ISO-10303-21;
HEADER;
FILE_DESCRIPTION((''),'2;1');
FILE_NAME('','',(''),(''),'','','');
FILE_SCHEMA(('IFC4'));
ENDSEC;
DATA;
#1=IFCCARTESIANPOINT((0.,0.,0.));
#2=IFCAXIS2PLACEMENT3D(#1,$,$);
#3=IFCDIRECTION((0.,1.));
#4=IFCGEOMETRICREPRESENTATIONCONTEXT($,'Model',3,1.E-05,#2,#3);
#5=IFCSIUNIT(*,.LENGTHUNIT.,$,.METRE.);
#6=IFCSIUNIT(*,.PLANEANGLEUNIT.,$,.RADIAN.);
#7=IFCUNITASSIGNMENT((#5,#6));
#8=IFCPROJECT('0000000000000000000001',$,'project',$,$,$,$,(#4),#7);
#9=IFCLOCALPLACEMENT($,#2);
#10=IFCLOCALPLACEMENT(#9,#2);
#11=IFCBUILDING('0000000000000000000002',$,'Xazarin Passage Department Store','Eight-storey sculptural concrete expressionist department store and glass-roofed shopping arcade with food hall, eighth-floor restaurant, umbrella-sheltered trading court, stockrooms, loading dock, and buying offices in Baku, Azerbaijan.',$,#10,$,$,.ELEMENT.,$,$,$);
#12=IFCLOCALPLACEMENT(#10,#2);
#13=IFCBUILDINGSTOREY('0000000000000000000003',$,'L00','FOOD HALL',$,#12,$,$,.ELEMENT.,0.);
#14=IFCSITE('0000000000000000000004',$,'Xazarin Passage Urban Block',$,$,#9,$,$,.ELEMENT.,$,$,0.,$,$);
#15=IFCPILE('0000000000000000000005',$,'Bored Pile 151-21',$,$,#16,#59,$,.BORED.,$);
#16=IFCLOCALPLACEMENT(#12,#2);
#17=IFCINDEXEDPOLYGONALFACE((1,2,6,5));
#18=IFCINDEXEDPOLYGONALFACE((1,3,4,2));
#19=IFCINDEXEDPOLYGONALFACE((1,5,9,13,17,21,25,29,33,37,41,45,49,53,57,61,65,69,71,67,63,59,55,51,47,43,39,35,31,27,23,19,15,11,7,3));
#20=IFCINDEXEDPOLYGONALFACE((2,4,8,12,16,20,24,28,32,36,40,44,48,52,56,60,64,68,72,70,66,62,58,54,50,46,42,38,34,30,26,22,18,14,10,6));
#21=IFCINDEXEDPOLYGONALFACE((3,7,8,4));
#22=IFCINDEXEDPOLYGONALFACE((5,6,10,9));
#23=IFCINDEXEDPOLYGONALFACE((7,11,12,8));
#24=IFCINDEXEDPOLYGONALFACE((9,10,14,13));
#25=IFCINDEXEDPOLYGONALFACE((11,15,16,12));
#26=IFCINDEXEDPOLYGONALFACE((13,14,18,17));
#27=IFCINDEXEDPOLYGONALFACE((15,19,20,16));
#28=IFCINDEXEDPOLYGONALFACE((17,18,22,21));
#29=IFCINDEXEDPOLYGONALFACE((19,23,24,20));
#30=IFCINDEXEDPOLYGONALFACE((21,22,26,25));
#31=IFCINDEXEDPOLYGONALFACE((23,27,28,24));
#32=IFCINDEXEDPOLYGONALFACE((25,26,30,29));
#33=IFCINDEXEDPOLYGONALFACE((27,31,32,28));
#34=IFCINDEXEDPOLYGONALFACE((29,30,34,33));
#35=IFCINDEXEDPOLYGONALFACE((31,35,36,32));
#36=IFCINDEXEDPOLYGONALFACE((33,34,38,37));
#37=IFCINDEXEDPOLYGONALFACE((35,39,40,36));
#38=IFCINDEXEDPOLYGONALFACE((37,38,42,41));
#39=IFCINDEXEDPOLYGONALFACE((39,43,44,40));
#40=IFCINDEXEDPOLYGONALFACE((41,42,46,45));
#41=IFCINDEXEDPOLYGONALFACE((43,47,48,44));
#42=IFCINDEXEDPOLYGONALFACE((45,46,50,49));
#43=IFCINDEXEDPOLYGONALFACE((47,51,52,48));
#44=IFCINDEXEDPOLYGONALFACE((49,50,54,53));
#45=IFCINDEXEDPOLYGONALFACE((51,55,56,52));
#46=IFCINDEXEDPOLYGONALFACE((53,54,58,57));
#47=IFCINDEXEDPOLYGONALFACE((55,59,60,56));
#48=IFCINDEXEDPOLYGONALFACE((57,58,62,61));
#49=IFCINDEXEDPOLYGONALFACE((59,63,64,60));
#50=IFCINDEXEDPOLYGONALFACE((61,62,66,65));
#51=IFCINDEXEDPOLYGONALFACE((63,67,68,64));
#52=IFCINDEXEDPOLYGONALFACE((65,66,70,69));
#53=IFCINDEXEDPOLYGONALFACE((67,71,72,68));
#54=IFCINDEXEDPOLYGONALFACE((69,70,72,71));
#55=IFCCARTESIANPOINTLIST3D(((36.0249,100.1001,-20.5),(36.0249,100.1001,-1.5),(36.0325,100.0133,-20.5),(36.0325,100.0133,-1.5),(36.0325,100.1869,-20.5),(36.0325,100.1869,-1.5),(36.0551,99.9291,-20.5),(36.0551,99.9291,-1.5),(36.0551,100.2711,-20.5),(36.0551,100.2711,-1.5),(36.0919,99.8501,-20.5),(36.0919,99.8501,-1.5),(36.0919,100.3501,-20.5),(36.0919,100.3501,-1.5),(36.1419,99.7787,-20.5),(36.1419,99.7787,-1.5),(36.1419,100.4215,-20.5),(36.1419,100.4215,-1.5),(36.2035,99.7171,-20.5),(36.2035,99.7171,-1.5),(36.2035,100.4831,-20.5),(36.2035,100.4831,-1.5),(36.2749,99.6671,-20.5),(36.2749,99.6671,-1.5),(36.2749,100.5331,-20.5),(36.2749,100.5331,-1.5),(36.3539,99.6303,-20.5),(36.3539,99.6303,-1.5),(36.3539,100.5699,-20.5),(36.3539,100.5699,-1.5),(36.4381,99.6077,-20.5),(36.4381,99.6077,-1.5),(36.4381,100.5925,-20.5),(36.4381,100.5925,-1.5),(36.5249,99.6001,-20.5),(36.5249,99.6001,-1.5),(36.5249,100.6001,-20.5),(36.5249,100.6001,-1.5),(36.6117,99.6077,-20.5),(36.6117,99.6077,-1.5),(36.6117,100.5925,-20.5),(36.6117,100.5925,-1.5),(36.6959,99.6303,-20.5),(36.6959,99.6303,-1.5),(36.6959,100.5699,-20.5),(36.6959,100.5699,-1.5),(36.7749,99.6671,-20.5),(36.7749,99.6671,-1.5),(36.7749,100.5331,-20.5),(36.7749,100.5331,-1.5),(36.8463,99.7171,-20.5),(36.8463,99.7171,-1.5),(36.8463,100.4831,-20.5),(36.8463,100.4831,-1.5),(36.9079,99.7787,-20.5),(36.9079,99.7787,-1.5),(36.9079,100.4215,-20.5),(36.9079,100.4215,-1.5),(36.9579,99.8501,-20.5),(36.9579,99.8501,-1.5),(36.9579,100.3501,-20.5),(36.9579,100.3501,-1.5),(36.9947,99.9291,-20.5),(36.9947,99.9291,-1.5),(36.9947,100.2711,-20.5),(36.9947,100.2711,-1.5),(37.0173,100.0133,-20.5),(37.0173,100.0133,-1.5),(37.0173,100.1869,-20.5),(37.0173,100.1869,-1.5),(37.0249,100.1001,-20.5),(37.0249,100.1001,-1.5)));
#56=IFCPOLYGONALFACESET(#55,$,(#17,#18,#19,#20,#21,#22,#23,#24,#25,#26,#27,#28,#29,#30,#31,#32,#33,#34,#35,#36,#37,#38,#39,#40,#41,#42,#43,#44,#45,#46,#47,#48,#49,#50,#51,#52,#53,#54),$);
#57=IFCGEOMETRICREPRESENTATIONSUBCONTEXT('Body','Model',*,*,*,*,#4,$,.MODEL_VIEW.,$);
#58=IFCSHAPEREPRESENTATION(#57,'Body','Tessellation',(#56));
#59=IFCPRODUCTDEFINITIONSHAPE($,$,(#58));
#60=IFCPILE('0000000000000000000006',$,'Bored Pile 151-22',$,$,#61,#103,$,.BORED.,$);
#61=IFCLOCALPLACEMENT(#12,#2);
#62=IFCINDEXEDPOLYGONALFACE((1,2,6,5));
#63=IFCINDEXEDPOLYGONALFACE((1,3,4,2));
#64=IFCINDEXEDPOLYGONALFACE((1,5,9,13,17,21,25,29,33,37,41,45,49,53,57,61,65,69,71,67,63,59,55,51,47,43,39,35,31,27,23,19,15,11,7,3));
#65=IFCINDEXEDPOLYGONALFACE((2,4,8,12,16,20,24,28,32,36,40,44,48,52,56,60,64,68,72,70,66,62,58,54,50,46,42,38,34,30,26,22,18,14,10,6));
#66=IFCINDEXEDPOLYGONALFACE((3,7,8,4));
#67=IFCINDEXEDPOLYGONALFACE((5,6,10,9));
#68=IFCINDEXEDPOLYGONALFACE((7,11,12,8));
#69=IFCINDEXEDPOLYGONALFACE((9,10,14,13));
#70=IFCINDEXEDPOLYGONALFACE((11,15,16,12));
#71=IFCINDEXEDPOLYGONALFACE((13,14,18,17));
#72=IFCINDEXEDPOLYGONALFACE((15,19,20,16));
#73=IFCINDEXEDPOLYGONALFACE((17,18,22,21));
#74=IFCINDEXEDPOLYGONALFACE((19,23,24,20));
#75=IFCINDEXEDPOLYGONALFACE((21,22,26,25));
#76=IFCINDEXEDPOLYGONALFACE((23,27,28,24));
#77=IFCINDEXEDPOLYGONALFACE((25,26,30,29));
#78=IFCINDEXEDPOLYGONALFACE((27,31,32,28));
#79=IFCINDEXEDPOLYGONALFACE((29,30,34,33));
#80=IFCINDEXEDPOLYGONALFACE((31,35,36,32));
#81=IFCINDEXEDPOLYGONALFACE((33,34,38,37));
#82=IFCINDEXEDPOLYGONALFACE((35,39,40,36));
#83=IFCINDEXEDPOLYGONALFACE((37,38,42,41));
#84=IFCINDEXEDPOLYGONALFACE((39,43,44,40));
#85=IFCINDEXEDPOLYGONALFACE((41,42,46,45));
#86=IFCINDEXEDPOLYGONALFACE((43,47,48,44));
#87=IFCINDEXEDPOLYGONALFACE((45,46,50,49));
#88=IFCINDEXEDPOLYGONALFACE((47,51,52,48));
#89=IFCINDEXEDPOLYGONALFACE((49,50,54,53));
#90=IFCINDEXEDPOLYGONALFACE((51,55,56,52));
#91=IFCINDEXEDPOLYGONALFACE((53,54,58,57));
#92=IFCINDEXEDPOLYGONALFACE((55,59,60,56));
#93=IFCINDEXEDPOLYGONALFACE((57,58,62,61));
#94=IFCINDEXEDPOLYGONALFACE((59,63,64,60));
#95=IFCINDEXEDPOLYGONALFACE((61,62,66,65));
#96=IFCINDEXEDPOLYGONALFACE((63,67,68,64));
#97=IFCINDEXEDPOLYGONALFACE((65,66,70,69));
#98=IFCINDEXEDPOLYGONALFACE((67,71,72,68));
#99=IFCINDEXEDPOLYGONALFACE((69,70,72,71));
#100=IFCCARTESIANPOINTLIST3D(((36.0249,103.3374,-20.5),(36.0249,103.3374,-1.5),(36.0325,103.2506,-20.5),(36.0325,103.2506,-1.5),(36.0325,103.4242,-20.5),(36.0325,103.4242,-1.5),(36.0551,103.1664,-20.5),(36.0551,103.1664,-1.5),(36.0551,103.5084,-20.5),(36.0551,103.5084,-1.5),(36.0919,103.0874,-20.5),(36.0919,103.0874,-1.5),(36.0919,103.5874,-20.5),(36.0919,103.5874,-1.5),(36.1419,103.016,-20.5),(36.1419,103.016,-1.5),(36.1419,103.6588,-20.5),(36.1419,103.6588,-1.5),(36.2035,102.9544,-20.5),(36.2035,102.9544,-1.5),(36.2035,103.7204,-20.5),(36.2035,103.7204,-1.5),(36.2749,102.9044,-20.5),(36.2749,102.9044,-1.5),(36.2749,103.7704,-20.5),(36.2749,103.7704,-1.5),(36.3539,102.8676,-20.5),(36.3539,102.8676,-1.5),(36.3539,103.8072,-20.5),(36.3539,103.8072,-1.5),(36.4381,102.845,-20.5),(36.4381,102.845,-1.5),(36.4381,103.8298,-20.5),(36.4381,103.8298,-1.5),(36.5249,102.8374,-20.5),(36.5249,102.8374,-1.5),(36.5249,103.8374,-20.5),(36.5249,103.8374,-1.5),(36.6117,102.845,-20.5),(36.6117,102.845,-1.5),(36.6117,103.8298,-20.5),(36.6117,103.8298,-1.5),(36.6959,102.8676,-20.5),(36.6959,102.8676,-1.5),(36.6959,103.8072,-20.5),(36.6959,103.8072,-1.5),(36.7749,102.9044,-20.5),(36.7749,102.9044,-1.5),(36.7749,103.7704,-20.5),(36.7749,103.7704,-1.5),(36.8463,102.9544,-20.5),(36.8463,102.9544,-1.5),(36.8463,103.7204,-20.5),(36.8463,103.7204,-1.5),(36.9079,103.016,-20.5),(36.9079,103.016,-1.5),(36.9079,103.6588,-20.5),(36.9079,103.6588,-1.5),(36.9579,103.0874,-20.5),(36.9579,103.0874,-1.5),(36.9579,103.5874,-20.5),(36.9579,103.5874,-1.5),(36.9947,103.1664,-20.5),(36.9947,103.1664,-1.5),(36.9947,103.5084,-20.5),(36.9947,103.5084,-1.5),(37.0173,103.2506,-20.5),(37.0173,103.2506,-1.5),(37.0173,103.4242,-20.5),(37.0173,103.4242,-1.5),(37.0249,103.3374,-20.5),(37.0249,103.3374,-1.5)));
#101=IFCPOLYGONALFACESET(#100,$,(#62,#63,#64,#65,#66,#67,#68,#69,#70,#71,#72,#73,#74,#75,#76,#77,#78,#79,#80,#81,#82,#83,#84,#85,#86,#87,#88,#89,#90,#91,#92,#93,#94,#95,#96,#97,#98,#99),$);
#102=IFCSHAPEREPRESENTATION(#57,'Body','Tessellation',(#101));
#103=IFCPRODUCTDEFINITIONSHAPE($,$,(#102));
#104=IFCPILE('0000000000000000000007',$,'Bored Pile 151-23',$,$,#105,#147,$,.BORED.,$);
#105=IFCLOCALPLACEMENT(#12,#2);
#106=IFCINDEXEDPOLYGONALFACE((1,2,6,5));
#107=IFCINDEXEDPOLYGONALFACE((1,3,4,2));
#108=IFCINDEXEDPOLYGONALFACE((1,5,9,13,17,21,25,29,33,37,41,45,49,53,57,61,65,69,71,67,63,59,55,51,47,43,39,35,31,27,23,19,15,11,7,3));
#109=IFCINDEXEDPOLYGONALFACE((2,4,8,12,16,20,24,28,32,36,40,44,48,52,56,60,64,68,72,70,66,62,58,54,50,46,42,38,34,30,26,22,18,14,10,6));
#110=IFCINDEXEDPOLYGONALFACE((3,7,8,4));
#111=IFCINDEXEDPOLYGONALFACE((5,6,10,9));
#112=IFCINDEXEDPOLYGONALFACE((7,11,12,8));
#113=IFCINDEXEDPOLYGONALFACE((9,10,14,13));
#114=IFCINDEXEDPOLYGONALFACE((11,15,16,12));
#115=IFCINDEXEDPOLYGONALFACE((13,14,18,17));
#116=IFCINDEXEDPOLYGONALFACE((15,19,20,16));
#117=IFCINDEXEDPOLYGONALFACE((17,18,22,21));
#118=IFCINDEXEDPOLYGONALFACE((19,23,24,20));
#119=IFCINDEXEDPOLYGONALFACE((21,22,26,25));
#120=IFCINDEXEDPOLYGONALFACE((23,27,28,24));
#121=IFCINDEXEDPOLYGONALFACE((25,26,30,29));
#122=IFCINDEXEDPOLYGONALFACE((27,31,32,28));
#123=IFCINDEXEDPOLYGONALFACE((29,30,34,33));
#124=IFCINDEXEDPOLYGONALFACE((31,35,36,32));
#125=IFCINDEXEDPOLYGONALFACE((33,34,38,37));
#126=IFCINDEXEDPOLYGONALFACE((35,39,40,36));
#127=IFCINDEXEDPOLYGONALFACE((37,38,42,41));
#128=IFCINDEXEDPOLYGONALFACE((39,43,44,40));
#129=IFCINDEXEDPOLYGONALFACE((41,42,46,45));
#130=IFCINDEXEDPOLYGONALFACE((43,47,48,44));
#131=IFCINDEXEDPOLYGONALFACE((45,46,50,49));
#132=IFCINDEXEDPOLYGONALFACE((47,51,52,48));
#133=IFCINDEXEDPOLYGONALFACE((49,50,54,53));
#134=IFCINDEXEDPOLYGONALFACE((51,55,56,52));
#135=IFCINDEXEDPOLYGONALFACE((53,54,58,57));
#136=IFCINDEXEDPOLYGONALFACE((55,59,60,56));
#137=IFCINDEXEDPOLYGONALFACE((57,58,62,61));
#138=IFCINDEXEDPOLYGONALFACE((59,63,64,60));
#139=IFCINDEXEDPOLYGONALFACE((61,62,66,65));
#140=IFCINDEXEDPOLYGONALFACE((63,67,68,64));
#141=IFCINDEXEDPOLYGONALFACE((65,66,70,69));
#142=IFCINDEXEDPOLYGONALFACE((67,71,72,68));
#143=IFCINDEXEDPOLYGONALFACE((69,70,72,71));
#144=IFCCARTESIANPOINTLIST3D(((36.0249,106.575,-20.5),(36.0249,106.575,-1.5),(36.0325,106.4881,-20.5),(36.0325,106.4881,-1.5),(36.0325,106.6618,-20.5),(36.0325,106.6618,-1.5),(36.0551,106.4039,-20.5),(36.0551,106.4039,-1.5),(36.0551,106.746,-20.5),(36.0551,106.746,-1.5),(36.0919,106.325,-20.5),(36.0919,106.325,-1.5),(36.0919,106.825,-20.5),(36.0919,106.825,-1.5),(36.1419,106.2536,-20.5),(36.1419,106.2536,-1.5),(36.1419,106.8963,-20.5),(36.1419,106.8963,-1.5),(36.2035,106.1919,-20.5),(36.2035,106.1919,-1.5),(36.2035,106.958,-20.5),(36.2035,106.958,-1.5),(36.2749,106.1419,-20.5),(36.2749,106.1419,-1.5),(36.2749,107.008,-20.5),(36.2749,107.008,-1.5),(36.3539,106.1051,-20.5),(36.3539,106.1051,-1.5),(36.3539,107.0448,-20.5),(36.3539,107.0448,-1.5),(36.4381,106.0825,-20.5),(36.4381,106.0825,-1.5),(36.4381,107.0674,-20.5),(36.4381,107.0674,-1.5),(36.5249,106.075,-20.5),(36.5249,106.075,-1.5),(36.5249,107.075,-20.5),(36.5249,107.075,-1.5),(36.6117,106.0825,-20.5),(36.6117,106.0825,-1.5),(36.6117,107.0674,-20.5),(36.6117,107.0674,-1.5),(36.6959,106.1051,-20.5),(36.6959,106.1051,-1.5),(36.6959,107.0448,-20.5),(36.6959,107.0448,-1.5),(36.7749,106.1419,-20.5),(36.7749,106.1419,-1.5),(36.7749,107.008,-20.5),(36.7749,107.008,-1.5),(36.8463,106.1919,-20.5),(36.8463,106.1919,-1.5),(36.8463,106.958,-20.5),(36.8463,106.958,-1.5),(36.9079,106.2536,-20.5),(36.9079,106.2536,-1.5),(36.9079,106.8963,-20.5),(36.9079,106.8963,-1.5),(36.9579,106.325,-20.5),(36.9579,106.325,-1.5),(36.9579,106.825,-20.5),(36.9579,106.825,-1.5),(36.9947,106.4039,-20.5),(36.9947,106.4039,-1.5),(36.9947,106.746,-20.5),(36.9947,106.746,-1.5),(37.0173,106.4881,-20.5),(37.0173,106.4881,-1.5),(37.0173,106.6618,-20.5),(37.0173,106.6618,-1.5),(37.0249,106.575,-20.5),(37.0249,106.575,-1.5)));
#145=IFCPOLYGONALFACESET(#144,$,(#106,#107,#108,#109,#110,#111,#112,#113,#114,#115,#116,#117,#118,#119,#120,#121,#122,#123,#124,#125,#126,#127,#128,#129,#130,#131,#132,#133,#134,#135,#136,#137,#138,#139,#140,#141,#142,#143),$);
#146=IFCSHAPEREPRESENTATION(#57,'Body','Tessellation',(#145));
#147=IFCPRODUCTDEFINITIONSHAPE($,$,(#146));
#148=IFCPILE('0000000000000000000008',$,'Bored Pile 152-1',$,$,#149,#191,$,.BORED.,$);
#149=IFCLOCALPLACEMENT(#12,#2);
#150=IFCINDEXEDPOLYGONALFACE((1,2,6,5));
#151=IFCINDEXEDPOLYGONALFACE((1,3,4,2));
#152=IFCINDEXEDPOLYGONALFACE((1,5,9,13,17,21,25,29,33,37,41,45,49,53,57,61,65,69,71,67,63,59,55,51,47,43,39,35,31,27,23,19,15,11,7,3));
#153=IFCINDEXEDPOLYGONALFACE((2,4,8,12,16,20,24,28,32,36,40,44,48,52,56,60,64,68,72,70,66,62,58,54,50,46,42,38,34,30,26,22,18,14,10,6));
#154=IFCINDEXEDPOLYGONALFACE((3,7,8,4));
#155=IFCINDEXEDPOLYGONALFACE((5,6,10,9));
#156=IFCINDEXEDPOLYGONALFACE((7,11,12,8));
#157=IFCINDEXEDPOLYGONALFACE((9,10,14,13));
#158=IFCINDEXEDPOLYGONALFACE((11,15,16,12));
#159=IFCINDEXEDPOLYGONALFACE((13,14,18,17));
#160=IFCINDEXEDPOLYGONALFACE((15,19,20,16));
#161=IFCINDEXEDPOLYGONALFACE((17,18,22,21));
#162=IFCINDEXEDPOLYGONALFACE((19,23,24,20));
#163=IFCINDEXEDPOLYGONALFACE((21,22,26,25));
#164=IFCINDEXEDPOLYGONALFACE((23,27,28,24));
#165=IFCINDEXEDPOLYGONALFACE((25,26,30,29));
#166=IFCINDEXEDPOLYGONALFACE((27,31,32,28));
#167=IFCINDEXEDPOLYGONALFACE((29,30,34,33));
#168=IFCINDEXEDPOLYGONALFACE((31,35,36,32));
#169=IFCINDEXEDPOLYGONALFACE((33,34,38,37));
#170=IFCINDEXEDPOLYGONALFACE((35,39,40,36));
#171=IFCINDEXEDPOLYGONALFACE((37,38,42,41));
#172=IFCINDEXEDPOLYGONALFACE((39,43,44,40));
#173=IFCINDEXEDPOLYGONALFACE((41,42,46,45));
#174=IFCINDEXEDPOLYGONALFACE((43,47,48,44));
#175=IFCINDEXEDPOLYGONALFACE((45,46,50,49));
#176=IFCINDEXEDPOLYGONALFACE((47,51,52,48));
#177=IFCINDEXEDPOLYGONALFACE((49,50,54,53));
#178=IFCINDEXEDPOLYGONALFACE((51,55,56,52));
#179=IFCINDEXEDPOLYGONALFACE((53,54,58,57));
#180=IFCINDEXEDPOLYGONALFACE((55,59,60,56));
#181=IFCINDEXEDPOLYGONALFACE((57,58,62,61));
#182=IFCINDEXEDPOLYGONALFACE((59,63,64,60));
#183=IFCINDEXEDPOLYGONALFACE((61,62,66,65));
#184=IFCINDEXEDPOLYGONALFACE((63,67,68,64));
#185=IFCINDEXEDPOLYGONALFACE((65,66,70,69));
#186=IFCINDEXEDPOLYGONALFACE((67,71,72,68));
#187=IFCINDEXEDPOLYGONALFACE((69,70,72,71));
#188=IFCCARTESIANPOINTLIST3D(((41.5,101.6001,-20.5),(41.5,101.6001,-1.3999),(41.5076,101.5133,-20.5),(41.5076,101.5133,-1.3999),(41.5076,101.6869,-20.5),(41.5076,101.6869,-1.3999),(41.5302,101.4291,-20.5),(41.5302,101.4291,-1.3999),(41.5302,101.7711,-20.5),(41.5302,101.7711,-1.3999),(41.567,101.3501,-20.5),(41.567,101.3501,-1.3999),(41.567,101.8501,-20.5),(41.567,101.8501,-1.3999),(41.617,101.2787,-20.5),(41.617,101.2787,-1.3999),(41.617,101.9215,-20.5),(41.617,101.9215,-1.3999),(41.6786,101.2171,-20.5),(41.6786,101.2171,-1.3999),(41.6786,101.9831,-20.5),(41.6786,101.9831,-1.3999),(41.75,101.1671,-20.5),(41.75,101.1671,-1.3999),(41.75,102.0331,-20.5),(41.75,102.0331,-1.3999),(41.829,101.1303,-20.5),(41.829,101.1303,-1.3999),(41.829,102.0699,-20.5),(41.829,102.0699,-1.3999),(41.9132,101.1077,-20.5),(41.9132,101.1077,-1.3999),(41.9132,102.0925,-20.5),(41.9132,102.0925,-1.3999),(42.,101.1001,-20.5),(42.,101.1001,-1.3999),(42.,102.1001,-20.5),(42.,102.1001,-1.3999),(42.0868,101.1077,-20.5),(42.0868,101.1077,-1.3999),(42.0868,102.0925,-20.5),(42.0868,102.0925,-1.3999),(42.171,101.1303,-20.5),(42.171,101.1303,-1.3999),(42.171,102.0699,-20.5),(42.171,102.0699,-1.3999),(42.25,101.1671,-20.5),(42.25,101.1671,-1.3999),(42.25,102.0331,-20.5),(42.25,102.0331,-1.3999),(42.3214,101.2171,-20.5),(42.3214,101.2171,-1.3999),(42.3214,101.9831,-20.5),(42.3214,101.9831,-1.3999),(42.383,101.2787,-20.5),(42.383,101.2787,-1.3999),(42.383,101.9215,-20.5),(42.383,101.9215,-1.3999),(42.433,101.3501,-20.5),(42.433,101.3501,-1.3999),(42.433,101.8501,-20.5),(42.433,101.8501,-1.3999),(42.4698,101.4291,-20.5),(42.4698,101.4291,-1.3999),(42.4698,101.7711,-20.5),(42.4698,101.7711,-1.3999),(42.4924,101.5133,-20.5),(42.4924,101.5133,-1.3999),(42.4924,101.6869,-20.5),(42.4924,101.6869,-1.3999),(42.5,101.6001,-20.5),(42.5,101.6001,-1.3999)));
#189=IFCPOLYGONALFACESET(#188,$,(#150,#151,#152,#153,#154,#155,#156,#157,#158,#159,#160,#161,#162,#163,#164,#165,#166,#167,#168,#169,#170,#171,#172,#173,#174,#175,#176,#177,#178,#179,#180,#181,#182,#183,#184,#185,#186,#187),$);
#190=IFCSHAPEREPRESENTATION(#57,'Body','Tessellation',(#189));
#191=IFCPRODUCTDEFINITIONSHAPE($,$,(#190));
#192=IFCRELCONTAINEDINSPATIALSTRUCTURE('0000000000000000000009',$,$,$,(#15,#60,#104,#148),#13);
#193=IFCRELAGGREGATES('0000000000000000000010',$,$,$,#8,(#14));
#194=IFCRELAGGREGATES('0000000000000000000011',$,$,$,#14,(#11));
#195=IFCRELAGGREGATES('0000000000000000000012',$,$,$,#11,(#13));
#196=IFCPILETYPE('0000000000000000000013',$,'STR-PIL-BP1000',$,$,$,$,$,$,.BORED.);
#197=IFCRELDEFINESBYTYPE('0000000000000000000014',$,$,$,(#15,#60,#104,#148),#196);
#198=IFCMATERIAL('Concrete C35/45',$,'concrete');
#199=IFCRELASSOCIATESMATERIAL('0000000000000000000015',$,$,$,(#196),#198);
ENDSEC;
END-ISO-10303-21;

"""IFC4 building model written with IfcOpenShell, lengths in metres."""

from ifc_helpers import new_model, si_unit, direction, frame, origin, origin_2d, place, context, subcontext, project, spatial, circle, extrude, material, material_profile, profile_set, type_object, element, save


model = new_model("IFC4")

# Units and contexts
model_context = context("Model", 3, precision=1e-05, world=origin(), true_north=direction((0.0, 1.0)))
body_context = subcontext(model_context, "Body", "Model", "MODEL_VIEW")
ifc_project = project(units=[si_unit("LENGTHUNIT", "METRE"), si_unit("PLANEANGLEUNIT", "RADIAN")], contexts=[model_context])

# Site, building, storey
site_placement = place(None, origin())
site = spatial("IfcSite", under=ifc_project, at=site_placement, Name="Xazarin Passage Urban Block", CompositionType="ELEMENT", RefElevation=0.0)
building_placement = place(site_placement, origin())
building = spatial("IfcBuilding", under=site, at=building_placement, Name="Xazarin Passage Department Store", Description="Eight-storey sculptural concrete expressionist department store and glass-roofed shopping arcade with food hall, eighth-floor restaurant, umbrella-sheltered trading court, stockrooms, loading dock, and buying offices in Baku, Azerbaijan.", CompositionType="ELEMENT")
storey_placement = place(building_placement, origin())
storey = spatial("IfcBuildingStorey", under=building, at=storey_placement, Name="L00", Description="FOOD HALL", CompositionType="ELEMENT", Elevation=0.0)

# Shared definitions
ifc_material_1 = material(Name="Concrete C35/45", Category="concrete")

# Piles
ifc_material_profile_1 = material_profile(ifc_material_1, circle(Radius=0.5, at=origin_2d()), Name="BP 1000")
ifc_profile_set_1 = profile_set([ifc_material_profile_1], Name="Concrete C35/45")
pile_type_1 = type_object("IfcPileType", Name="STR-PIL-BP1000", PredefinedType="BORED", material=ifc_profile_set_1)
for number, where, z_axis, x_axis, name in (
    (1, (36.5249, 100.1001, -1.5), (0.0, 0.0, -1.0), (1.0, 0.0, 0.0), "Bored Pile 151-21"),
    (2, (36.5249, 103.3374, -1.5), (0.0, 0.0, -1.0), (1.0, 0.0, 0.0), "Bored Pile 151-22"),
    (3, (36.5249, 106.575, -1.5), (0.0, 0.0, -1.0), (1.0, 0.0, 0.0), "Bored Pile 151-23"),
):
    element("IfcPile", number, at=place(storey_placement, frame(where, z_axis=z_axis, x_axis=x_axis)), inside=storey, type_object=pile_type_1, Name=name, PredefinedType="BORED", context=body_context, shape_type="SweptSolid", body=[
        extrude(circle(Radius=0.5, at=origin_2d()), origin(), (0.0, 0.0, 1.0), 19.0),
    ])
pile_1_placement = place(storey_placement, frame((42.0, 101.6001, -1.3999), z_axis=(0.0, 0.0, -1.0), x_axis=(1.0, 0.0, 0.0)))
element("IfcPile", 4, at=pile_1_placement, inside=storey, type_object=pile_type_1, Name="Bored Pile 152-1", PredefinedType="BORED", context=body_context, shape_type="SweptSolid", body=[
    extrude(circle(Radius=0.5, at=origin_2d()), origin(), (0.0, 0.0, 1.0), 19.1001),
])

save(model, "model.ifc")
